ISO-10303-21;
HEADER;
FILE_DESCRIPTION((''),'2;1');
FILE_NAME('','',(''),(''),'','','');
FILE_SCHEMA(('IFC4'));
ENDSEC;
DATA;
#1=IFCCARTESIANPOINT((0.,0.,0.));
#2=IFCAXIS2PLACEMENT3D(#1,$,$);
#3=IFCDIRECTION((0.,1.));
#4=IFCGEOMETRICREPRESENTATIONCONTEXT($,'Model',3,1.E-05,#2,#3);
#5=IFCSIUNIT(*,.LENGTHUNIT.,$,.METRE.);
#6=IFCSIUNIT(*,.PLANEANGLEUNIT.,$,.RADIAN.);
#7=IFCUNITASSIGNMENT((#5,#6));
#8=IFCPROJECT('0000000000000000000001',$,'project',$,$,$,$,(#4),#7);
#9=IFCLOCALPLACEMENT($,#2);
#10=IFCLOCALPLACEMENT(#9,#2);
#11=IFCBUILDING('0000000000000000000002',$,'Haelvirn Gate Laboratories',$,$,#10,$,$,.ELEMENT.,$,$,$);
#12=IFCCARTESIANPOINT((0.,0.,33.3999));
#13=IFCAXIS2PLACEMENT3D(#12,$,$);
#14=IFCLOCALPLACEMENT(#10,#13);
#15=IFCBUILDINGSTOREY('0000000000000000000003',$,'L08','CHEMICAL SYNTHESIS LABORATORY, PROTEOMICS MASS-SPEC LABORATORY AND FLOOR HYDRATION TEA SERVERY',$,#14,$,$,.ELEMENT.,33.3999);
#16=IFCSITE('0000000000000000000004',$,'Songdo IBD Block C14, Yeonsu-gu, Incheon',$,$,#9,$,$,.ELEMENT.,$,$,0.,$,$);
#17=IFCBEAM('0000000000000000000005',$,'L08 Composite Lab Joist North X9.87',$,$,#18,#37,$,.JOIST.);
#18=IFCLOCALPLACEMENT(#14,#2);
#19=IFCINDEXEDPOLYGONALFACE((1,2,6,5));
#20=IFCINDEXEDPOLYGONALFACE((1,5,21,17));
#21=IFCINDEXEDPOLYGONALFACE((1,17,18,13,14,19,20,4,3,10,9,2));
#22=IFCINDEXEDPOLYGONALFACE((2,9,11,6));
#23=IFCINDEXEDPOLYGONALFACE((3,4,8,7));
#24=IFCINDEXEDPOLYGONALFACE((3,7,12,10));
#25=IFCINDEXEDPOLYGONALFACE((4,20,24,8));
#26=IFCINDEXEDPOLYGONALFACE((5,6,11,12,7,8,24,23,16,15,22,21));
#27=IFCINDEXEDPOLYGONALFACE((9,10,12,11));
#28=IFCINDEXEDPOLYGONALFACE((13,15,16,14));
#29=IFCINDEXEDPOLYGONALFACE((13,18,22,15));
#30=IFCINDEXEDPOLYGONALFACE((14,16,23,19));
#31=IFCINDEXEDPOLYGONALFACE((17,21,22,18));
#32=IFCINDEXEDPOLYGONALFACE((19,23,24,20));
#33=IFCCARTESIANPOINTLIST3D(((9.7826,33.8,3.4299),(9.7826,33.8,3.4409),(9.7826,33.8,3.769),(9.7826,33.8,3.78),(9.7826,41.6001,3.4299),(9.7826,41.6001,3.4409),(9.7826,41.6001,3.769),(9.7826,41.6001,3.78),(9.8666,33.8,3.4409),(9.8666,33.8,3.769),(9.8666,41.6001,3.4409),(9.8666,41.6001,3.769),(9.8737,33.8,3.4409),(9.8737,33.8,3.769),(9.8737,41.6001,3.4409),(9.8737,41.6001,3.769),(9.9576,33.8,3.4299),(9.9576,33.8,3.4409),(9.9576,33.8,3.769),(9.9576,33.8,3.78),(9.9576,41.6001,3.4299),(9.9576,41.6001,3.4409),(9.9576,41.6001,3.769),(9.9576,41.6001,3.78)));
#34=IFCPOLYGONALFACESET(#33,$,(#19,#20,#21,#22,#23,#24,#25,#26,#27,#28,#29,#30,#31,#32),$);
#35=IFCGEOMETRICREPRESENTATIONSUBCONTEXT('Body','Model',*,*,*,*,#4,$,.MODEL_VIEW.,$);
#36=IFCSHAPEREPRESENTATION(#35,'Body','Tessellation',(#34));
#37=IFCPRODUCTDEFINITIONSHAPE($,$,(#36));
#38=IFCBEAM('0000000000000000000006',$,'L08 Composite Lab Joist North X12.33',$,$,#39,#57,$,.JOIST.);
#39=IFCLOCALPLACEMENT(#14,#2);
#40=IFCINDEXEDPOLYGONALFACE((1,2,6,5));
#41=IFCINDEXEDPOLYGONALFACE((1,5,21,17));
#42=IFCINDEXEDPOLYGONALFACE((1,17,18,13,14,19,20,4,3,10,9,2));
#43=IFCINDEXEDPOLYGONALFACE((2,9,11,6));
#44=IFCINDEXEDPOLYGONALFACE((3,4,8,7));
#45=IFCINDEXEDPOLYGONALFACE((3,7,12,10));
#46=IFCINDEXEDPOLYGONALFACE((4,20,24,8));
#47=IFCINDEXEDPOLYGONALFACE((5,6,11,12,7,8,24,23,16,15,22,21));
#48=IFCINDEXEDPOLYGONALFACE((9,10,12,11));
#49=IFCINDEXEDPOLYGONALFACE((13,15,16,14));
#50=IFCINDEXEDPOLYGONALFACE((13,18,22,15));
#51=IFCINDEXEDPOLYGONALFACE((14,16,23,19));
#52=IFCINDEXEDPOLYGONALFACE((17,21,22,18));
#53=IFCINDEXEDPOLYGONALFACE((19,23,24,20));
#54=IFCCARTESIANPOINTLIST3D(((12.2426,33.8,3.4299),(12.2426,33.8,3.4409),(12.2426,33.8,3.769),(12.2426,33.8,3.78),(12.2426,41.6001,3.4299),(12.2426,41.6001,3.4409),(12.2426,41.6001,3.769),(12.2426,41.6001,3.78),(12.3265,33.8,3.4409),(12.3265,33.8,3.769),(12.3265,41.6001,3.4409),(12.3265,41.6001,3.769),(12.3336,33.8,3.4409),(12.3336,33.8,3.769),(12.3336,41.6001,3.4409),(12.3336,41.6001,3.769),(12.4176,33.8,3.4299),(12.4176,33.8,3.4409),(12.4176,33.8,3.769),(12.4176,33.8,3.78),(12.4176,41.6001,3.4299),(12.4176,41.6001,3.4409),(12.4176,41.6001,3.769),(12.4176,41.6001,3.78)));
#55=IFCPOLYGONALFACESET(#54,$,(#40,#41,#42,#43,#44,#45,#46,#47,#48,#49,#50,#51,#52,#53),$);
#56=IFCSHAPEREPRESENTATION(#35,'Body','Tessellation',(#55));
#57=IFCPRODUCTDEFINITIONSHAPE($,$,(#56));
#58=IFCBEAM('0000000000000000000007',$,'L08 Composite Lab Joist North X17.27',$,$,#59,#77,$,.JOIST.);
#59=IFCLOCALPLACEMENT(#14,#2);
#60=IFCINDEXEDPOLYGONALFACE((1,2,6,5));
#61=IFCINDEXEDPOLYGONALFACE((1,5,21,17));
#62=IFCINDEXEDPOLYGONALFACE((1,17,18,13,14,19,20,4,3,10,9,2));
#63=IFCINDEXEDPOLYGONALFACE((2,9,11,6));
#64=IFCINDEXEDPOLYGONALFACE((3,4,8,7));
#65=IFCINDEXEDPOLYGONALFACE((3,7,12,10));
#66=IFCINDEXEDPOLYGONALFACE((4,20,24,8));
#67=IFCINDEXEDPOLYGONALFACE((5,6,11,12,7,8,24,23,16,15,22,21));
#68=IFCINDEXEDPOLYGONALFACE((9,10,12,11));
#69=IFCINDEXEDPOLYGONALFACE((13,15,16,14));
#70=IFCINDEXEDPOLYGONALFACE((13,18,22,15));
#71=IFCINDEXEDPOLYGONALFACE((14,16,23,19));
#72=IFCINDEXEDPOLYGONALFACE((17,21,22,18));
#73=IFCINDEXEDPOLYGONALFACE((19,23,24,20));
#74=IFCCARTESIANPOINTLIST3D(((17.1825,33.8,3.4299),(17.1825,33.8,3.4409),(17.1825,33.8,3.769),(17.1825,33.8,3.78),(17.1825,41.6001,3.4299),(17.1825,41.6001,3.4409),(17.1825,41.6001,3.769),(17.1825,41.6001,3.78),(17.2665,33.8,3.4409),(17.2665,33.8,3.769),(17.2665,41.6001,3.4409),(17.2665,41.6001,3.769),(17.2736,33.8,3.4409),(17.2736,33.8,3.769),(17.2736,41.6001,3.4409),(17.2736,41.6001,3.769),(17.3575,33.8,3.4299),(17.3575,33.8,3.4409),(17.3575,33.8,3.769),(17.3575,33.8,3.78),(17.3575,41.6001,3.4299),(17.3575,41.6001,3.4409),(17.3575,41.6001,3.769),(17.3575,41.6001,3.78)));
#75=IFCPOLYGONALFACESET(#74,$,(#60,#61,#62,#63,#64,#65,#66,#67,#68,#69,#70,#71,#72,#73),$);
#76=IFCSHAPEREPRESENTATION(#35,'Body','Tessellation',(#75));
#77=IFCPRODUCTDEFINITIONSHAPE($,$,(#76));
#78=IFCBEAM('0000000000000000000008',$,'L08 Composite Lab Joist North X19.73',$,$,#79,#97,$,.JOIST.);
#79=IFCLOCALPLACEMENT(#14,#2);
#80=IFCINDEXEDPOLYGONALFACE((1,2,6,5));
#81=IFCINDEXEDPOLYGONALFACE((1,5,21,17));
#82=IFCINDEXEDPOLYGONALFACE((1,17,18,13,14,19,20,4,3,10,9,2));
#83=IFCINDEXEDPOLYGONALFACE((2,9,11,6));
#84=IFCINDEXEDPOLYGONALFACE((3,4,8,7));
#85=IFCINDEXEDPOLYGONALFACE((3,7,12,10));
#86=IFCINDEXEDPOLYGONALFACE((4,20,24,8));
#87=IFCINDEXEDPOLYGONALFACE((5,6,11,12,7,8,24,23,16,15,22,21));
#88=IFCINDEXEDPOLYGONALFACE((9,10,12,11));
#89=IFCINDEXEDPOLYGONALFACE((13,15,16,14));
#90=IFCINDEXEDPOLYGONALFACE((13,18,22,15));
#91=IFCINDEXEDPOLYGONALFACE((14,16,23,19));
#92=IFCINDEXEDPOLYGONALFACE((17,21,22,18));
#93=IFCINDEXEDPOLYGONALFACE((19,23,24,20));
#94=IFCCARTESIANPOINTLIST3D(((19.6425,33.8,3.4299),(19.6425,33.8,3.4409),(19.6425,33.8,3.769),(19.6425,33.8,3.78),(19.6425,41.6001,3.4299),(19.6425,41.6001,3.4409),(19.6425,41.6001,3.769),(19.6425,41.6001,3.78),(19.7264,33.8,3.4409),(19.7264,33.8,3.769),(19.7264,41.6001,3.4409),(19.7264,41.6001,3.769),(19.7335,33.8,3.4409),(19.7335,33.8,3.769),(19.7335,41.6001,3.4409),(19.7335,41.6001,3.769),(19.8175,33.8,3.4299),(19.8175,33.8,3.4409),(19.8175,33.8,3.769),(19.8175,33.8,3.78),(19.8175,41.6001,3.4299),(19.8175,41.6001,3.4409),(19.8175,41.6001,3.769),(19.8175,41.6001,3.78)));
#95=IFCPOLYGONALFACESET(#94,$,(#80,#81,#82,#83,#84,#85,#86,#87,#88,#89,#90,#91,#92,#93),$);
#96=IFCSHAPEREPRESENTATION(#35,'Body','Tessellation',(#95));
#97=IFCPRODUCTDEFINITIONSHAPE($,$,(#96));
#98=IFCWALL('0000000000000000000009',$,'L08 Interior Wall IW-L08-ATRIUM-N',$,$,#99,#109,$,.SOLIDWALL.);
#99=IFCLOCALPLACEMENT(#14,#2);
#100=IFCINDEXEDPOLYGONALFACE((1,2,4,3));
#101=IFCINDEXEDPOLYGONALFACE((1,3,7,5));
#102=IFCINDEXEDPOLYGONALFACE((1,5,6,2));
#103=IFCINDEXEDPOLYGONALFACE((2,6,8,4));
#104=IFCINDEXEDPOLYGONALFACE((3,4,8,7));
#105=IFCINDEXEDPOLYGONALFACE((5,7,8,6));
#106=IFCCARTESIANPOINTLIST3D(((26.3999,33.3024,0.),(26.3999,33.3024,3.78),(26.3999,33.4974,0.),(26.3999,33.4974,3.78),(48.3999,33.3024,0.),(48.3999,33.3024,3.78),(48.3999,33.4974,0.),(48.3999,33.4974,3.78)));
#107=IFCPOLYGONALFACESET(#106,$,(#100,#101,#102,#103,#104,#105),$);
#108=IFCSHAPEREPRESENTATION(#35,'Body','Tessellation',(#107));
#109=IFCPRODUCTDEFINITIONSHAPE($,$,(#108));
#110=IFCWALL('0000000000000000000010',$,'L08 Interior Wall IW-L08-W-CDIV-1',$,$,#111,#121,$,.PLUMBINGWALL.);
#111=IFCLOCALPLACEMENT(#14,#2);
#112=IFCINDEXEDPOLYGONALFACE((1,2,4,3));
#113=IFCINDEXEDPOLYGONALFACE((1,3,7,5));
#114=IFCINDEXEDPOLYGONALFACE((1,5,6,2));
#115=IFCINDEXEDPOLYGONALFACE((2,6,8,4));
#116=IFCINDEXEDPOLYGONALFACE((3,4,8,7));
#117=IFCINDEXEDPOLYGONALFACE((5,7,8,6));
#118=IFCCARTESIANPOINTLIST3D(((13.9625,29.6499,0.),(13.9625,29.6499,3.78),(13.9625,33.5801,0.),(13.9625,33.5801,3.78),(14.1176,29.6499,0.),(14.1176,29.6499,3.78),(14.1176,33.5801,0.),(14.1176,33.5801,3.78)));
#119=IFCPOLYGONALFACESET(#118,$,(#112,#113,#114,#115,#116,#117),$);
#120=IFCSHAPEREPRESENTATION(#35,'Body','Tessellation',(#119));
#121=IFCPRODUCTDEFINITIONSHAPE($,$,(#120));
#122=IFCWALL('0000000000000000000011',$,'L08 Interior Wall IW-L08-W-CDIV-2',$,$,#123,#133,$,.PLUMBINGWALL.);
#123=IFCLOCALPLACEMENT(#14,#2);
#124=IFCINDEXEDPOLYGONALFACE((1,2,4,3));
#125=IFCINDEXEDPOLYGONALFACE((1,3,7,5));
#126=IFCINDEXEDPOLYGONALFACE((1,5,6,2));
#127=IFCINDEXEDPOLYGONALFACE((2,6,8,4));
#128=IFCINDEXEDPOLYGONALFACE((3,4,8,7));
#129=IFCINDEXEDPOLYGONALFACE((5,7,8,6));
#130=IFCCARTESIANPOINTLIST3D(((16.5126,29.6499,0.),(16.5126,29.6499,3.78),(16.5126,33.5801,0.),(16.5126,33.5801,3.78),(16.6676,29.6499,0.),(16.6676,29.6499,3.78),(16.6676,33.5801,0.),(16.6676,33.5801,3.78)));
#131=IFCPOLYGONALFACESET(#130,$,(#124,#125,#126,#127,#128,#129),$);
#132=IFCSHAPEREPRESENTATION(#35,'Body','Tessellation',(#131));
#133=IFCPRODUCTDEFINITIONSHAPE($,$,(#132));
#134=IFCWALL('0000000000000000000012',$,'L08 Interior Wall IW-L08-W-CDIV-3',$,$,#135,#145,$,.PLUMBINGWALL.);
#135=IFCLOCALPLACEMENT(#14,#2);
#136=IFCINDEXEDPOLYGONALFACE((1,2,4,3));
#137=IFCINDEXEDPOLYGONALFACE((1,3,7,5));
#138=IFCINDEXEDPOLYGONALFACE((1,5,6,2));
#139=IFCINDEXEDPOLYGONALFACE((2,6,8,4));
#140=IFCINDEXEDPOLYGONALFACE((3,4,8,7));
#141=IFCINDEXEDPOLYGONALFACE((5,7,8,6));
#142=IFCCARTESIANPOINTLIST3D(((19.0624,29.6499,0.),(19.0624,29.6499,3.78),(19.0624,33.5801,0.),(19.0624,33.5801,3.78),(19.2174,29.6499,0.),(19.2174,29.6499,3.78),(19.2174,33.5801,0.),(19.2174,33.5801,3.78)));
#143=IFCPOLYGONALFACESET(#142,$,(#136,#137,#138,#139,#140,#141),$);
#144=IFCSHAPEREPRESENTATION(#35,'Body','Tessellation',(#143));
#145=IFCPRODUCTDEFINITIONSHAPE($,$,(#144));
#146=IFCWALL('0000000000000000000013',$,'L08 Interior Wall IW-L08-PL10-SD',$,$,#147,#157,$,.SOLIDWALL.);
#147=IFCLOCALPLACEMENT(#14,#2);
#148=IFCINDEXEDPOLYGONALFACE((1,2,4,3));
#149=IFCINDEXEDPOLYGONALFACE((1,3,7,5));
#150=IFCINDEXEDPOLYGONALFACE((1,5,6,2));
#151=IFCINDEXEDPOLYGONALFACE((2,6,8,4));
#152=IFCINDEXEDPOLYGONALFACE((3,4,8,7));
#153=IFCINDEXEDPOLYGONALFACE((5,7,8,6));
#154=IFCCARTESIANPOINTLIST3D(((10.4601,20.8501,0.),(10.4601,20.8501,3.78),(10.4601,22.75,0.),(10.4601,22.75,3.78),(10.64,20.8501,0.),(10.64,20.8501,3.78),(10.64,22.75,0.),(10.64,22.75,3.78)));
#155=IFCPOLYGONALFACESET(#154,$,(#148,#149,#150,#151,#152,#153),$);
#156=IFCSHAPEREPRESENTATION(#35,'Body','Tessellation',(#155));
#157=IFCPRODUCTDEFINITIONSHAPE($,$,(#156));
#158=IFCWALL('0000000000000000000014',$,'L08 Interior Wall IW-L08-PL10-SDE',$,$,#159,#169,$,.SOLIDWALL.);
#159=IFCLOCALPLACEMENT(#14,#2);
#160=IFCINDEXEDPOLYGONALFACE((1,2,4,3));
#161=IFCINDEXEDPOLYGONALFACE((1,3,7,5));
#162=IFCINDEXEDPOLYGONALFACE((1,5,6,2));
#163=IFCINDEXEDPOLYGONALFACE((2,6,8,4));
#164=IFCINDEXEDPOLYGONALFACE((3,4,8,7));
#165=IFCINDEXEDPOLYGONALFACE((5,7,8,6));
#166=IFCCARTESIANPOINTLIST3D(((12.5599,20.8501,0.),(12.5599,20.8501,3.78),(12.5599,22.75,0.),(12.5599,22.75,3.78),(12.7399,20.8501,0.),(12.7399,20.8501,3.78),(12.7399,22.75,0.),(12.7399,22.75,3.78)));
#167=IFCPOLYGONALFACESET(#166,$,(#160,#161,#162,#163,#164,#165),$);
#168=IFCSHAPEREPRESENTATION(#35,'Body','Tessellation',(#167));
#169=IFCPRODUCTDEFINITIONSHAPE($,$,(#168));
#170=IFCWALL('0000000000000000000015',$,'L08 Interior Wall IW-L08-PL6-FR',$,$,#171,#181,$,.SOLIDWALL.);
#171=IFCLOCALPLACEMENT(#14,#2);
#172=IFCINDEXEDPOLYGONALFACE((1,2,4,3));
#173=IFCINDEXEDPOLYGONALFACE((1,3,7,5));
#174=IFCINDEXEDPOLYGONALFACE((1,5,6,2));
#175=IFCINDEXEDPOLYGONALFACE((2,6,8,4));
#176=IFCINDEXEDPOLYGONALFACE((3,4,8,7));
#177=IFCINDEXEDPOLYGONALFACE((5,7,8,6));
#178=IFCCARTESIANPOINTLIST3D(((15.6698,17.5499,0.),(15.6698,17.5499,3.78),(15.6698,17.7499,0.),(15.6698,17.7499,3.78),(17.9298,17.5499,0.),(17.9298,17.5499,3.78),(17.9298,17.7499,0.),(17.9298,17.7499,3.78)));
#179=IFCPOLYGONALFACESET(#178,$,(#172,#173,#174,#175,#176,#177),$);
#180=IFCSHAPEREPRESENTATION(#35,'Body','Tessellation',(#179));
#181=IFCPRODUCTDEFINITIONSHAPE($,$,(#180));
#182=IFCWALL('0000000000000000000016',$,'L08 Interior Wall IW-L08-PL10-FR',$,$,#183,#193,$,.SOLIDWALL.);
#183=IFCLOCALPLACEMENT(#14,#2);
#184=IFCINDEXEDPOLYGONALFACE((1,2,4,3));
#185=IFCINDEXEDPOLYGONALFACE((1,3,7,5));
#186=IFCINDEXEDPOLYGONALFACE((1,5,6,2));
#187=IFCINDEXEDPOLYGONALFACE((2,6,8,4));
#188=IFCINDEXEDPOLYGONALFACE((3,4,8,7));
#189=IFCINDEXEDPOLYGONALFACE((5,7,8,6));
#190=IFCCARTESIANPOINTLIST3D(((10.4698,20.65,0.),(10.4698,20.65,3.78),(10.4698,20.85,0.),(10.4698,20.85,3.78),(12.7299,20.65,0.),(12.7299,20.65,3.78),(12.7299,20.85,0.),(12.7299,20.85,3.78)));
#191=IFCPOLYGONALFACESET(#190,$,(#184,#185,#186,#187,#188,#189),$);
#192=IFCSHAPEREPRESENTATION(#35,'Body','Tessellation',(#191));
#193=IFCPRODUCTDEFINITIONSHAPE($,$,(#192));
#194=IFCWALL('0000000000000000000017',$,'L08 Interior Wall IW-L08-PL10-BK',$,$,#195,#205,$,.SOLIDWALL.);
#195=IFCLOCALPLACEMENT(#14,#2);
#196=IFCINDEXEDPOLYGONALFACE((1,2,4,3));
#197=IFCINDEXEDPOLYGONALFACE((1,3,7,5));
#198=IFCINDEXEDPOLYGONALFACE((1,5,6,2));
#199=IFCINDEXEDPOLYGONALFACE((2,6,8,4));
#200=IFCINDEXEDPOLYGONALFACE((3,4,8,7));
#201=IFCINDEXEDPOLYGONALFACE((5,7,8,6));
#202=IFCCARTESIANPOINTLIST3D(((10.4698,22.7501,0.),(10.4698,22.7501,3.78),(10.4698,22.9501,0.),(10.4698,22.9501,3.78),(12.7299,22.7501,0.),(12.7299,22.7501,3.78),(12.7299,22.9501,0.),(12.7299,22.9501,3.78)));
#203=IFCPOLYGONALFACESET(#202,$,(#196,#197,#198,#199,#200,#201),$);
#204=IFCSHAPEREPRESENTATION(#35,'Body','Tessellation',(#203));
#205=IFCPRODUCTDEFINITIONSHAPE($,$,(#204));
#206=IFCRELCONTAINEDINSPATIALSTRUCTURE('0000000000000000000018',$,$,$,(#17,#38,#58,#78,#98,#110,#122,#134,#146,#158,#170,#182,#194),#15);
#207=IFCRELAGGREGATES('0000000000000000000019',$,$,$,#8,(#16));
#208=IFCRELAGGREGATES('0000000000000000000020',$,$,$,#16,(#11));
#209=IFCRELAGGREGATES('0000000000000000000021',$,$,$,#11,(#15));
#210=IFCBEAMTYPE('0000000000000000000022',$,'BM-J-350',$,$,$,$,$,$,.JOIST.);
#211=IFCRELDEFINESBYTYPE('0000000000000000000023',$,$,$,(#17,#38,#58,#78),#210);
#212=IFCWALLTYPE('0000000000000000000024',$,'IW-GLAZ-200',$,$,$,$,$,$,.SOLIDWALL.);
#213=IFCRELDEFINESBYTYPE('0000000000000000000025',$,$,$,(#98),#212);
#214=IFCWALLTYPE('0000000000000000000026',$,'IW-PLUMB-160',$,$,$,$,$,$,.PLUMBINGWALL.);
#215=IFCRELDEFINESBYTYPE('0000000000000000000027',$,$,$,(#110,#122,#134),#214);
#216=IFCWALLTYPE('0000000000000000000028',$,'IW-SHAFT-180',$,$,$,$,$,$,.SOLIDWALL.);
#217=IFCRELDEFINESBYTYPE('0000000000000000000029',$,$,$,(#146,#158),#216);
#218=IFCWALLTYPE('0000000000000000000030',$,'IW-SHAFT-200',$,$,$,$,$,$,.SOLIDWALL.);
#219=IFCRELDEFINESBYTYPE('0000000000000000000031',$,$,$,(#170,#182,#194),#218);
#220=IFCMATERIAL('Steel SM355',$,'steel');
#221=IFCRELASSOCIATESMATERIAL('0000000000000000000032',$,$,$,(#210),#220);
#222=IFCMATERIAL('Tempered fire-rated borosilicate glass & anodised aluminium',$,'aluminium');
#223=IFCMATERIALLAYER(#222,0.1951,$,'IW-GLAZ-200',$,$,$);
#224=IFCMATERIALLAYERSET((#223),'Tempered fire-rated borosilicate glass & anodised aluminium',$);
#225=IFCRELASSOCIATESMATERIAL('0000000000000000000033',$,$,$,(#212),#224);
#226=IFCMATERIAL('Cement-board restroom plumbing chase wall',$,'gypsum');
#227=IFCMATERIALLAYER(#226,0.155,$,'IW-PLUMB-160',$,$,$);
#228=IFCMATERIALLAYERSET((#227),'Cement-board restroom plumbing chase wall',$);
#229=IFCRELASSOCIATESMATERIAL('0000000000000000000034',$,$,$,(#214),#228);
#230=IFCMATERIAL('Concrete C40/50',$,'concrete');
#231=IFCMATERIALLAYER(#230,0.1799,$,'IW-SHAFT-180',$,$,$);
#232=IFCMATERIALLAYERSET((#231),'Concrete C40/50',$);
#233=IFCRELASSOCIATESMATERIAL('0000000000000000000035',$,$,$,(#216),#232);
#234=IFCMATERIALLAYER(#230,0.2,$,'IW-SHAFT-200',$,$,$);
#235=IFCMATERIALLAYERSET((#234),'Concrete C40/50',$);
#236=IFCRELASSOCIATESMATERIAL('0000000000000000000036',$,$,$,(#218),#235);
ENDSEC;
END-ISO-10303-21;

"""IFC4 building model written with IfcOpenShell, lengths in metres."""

from ifc_helpers import new_model, si_unit, direction, frame, frame_2d, origin, origin_2d, place, context, subcontext, project, spatial, rectangle, i_section, extrude, source, transform, mapped, material, layer, layer_set, material_profile, profile_set, type_object, type_shapes, element, save


model = new_model("IFC4")

# Units and contexts
model_context = context("Model", 3, precision=1e-05, world=origin(), true_north=direction((0.0, 1.0)))
body_context = subcontext(model_context, "Body", "Model", "MODEL_VIEW")
ifc_project = project(units=[si_unit("LENGTHUNIT", "METRE"), si_unit("PLANEANGLEUNIT", "RADIAN")], contexts=[model_context])

# Site, building, storey
site_placement = place(None, origin())
site = spatial("IfcSite", under=ifc_project, at=site_placement, Name="Songdo IBD Block C14, Yeonsu-gu, Incheon", CompositionType="ELEMENT", RefElevation=0.0)
building_placement = place(site_placement, origin())
building = spatial("IfcBuilding", under=site, at=building_placement, Name="Haelvirn Gate Laboratories", CompositionType="ELEMENT")
storey_placement = place(building_placement, frame((0.0, 0.0, 33.3999)))
storey = spatial("IfcBuildingStorey", under=building, at=storey_placement, Name="L08", Description="CHEMICAL SYNTHESIS LABORATORY, PROTEOMICS MASS-SPEC LABORATORY AND FLOOR HYDRATION TEA SERVERY", CompositionType="ELEMENT", Elevation=33.3999)

# Beams
ifc_material_1 = material(Name="Steel SM355", Category="steel")
ifc_material_profile = material_profile(ifc_material_1, i_section(OverallWidth=0.175, OverallDepth=0.3501, WebThickness=0.0071, FlangeThickness=0.011, at=origin_2d()), Name="H-350x175x7x11")
ifc_profile_set = profile_set([ifc_material_profile], Name="Steel SM355")
beam_type = type_object("IfcBeamType", Name="BM-J-350", PredefinedType="JOIST", material=ifc_profile_set)
shared_shape_1 = source(origin(), body_context, "Body", "SweptSolid", [
    extrude(i_section(OverallWidth=0.175, OverallDepth=0.3501, WebThickness=0.0071, FlangeThickness=0.011, at=origin_2d()), origin(), (0.0, 0.0, 1.0), 7.8),
])
type_shapes(beam_type, [shared_shape_1])
for number, where, z_axis, x_axis, name in (
    (1, (9.8701, 33.8, 3.605), (0.0, 1.0, 0.0), (-1.0, 0.0, 0.0), "L08 Composite Lab Joist North X9.87"),
    (2, (12.3301, 33.8, 3.605), (0.0, 1.0, 0.0), (-1.0, 0.0, 0.0), "L08 Composite Lab Joist North X12.33"),
    (3, (17.27, 33.8, 3.605), (0.0, 1.0, 0.0), (-1.0, 0.0, 0.0), "L08 Composite Lab Joist North X17.27"),
    (4, (19.73, 33.8, 3.605), (0.0, 1.0, 0.0), (-1.0, 0.0, 0.0), "L08 Composite Lab Joist North X19.73"),
):
    element("IfcBeam", number, at=place(storey_placement, frame(where, z_axis=z_axis, x_axis=x_axis)), inside=storey, type_object=beam_type, Name=name, PredefinedType="JOIST", context=body_context, shape_type="MappedRepresentation", body=[
        mapped(shared_shape_1, transform((0.0, 0.0, 0.0), scale=1.0)),
    ])

# Walls
ifc_material_2 = material(Name="Tempered fire-rated borosilicate glass & anodised aluminium", Category="aluminium")
ifc_layer_1 = layer(ifc_material_2, 0.1951, Name="IW-GLAZ-200")
ifc_layer_set_1 = layer_set([ifc_layer_1], Name="Tempered fire-rated borosilicate glass & anodised aluminium")
wall_type_1 = type_object("IfcWallType", Name="IW-GLAZ-200", PredefinedType="SOLIDWALL", material=ifc_layer_set_1)
wall_1_placement = place(storey_placement, frame((26.3999, 33.3999, 0.0), z_axis=(0.0, 0.0, 1.0), x_axis=(1.0, 0.0, 0.0)))
element("IfcWall", 5, at=wall_1_placement, inside=storey, type_object=wall_type_1, Name="L08 Interior Wall IW-L08-ATRIUM-N", PredefinedType="SOLIDWALL", context=body_context, shape_type="SweptSolid", body=[
    extrude(rectangle(XDim=22.0, YDim=0.1951, at=frame_2d((11.0, 0.0))), origin(), (0.0, 0.0, 1.0), 3.78),
])
ifc_material_3 = material(Name="Cement-board restroom plumbing chase wall", Category="gypsum")
ifc_layer_2 = layer(ifc_material_3, 0.155, Name="IW-PLUMB-160")
ifc_layer_set_2 = layer_set([ifc_layer_2], Name="Cement-board restroom plumbing chase wall")
wall_type_2 = type_object("IfcWallType", Name="IW-PLUMB-160", PredefinedType="PLUMBINGWALL", material=ifc_layer_set_2)
for number, where, z_axis, x_axis, name in (
    (6, (14.04, 29.6499, 0.0), (0.0, 0.0, 1.0), (0.0, 1.0, 0.0), "L08 Interior Wall IW-L08-W-CDIV-1"),
    (7, (16.5901, 29.6499, 0.0), (0.0, 0.0, 1.0), (0.0, 1.0, 0.0), "L08 Interior Wall IW-L08-W-CDIV-2"),
    (8, (19.1399, 29.6499, 0.0), (0.0, 0.0, 1.0), (0.0, 1.0, 0.0), "L08 Interior Wall IW-L08-W-CDIV-3"),
):
    element("IfcWall", number, at=place(storey_placement, frame(where, z_axis=z_axis, x_axis=x_axis)), inside=storey, type_object=wall_type_2, Name=name, PredefinedType="PLUMBINGWALL", context=body_context, shape_type="SweptSolid", body=[
        extrude(rectangle(XDim=3.9302, YDim=0.155, at=frame_2d((1.9651, 0.0))), origin(), (0.0, 0.0, 1.0), 3.78),
    ])
ifc_material_4 = material(Name="Concrete C40/50", Category="concrete")
ifc_layer_3 = layer(ifc_material_4, 0.1799, Name="IW-SHAFT-180")
ifc_layer_set_3 = layer_set([ifc_layer_3], Name="Concrete C40/50")
wall_type_3 = type_object("IfcWallType", Name="IW-SHAFT-180", PredefinedType="SOLIDWALL", material=ifc_layer_set_3)
for number, where, z_axis, x_axis, name in (
    (9, (10.55, 20.8501, 0.0), (0.0, 0.0, 1.0), (0.0, 1.0, 0.0), "L08 Interior Wall IW-L08-PL10-SD"),
    (10, (12.6499, 20.8501, 0.0), (0.0, 0.0, 1.0), (0.0, 1.0, 0.0), "L08 Interior Wall IW-L08-PL10-SDE"),
):
    element("IfcWall", number, at=place(storey_placement, frame(where, z_axis=z_axis, x_axis=x_axis)), inside=storey, type_object=wall_type_3, Name=name, PredefinedType="SOLIDWALL", context=body_context, shape_type="SweptSolid", body=[
        extrude(rectangle(XDim=1.8999, YDim=0.1799, at=frame_2d((0.95, 0.0))), origin(), (0.0, 0.0, 1.0), 3.78),
    ])
ifc_layer_4 = layer(ifc_material_4, 0.2, Name="IW-SHAFT-200")
ifc_layer_set_4 = layer_set([ifc_layer_4], Name="Concrete C40/50")
wall_type_4 = type_object("IfcWallType", Name="IW-SHAFT-200", PredefinedType="SOLIDWALL", material=ifc_layer_set_4)
for number, where, z_axis, x_axis, name in (
    (11, (15.6699, 17.6499, 0.0), (0.0, 0.0, 1.0), (1.0, 0.0, 0.0), "L08 Interior Wall IW-L08-PL6-FR"),
    (12, (10.47, 20.75, 0.0), (0.0, 0.0, 1.0), (1.0, 0.0, 0.0), "L08 Interior Wall IW-L08-PL10-FR"),
    (13, (10.47, 22.8501, 0.0), (0.0, 0.0, 1.0), (1.0, 0.0, 0.0), "L08 Interior Wall IW-L08-PL10-BK"),
):
    element("IfcWall", number, at=place(storey_placement, frame(where, z_axis=z_axis, x_axis=x_axis)), inside=storey, type_object=wall_type_4, Name=name, PredefinedType="SOLIDWALL", context=body_context, shape_type="SweptSolid", body=[
        extrude(rectangle(XDim=2.26, YDim=0.2, at=frame_2d((1.1299, 0.0))), origin(), (0.0, 0.0, 1.0), 3.78),
    ])

save(model, "model.ifc")
